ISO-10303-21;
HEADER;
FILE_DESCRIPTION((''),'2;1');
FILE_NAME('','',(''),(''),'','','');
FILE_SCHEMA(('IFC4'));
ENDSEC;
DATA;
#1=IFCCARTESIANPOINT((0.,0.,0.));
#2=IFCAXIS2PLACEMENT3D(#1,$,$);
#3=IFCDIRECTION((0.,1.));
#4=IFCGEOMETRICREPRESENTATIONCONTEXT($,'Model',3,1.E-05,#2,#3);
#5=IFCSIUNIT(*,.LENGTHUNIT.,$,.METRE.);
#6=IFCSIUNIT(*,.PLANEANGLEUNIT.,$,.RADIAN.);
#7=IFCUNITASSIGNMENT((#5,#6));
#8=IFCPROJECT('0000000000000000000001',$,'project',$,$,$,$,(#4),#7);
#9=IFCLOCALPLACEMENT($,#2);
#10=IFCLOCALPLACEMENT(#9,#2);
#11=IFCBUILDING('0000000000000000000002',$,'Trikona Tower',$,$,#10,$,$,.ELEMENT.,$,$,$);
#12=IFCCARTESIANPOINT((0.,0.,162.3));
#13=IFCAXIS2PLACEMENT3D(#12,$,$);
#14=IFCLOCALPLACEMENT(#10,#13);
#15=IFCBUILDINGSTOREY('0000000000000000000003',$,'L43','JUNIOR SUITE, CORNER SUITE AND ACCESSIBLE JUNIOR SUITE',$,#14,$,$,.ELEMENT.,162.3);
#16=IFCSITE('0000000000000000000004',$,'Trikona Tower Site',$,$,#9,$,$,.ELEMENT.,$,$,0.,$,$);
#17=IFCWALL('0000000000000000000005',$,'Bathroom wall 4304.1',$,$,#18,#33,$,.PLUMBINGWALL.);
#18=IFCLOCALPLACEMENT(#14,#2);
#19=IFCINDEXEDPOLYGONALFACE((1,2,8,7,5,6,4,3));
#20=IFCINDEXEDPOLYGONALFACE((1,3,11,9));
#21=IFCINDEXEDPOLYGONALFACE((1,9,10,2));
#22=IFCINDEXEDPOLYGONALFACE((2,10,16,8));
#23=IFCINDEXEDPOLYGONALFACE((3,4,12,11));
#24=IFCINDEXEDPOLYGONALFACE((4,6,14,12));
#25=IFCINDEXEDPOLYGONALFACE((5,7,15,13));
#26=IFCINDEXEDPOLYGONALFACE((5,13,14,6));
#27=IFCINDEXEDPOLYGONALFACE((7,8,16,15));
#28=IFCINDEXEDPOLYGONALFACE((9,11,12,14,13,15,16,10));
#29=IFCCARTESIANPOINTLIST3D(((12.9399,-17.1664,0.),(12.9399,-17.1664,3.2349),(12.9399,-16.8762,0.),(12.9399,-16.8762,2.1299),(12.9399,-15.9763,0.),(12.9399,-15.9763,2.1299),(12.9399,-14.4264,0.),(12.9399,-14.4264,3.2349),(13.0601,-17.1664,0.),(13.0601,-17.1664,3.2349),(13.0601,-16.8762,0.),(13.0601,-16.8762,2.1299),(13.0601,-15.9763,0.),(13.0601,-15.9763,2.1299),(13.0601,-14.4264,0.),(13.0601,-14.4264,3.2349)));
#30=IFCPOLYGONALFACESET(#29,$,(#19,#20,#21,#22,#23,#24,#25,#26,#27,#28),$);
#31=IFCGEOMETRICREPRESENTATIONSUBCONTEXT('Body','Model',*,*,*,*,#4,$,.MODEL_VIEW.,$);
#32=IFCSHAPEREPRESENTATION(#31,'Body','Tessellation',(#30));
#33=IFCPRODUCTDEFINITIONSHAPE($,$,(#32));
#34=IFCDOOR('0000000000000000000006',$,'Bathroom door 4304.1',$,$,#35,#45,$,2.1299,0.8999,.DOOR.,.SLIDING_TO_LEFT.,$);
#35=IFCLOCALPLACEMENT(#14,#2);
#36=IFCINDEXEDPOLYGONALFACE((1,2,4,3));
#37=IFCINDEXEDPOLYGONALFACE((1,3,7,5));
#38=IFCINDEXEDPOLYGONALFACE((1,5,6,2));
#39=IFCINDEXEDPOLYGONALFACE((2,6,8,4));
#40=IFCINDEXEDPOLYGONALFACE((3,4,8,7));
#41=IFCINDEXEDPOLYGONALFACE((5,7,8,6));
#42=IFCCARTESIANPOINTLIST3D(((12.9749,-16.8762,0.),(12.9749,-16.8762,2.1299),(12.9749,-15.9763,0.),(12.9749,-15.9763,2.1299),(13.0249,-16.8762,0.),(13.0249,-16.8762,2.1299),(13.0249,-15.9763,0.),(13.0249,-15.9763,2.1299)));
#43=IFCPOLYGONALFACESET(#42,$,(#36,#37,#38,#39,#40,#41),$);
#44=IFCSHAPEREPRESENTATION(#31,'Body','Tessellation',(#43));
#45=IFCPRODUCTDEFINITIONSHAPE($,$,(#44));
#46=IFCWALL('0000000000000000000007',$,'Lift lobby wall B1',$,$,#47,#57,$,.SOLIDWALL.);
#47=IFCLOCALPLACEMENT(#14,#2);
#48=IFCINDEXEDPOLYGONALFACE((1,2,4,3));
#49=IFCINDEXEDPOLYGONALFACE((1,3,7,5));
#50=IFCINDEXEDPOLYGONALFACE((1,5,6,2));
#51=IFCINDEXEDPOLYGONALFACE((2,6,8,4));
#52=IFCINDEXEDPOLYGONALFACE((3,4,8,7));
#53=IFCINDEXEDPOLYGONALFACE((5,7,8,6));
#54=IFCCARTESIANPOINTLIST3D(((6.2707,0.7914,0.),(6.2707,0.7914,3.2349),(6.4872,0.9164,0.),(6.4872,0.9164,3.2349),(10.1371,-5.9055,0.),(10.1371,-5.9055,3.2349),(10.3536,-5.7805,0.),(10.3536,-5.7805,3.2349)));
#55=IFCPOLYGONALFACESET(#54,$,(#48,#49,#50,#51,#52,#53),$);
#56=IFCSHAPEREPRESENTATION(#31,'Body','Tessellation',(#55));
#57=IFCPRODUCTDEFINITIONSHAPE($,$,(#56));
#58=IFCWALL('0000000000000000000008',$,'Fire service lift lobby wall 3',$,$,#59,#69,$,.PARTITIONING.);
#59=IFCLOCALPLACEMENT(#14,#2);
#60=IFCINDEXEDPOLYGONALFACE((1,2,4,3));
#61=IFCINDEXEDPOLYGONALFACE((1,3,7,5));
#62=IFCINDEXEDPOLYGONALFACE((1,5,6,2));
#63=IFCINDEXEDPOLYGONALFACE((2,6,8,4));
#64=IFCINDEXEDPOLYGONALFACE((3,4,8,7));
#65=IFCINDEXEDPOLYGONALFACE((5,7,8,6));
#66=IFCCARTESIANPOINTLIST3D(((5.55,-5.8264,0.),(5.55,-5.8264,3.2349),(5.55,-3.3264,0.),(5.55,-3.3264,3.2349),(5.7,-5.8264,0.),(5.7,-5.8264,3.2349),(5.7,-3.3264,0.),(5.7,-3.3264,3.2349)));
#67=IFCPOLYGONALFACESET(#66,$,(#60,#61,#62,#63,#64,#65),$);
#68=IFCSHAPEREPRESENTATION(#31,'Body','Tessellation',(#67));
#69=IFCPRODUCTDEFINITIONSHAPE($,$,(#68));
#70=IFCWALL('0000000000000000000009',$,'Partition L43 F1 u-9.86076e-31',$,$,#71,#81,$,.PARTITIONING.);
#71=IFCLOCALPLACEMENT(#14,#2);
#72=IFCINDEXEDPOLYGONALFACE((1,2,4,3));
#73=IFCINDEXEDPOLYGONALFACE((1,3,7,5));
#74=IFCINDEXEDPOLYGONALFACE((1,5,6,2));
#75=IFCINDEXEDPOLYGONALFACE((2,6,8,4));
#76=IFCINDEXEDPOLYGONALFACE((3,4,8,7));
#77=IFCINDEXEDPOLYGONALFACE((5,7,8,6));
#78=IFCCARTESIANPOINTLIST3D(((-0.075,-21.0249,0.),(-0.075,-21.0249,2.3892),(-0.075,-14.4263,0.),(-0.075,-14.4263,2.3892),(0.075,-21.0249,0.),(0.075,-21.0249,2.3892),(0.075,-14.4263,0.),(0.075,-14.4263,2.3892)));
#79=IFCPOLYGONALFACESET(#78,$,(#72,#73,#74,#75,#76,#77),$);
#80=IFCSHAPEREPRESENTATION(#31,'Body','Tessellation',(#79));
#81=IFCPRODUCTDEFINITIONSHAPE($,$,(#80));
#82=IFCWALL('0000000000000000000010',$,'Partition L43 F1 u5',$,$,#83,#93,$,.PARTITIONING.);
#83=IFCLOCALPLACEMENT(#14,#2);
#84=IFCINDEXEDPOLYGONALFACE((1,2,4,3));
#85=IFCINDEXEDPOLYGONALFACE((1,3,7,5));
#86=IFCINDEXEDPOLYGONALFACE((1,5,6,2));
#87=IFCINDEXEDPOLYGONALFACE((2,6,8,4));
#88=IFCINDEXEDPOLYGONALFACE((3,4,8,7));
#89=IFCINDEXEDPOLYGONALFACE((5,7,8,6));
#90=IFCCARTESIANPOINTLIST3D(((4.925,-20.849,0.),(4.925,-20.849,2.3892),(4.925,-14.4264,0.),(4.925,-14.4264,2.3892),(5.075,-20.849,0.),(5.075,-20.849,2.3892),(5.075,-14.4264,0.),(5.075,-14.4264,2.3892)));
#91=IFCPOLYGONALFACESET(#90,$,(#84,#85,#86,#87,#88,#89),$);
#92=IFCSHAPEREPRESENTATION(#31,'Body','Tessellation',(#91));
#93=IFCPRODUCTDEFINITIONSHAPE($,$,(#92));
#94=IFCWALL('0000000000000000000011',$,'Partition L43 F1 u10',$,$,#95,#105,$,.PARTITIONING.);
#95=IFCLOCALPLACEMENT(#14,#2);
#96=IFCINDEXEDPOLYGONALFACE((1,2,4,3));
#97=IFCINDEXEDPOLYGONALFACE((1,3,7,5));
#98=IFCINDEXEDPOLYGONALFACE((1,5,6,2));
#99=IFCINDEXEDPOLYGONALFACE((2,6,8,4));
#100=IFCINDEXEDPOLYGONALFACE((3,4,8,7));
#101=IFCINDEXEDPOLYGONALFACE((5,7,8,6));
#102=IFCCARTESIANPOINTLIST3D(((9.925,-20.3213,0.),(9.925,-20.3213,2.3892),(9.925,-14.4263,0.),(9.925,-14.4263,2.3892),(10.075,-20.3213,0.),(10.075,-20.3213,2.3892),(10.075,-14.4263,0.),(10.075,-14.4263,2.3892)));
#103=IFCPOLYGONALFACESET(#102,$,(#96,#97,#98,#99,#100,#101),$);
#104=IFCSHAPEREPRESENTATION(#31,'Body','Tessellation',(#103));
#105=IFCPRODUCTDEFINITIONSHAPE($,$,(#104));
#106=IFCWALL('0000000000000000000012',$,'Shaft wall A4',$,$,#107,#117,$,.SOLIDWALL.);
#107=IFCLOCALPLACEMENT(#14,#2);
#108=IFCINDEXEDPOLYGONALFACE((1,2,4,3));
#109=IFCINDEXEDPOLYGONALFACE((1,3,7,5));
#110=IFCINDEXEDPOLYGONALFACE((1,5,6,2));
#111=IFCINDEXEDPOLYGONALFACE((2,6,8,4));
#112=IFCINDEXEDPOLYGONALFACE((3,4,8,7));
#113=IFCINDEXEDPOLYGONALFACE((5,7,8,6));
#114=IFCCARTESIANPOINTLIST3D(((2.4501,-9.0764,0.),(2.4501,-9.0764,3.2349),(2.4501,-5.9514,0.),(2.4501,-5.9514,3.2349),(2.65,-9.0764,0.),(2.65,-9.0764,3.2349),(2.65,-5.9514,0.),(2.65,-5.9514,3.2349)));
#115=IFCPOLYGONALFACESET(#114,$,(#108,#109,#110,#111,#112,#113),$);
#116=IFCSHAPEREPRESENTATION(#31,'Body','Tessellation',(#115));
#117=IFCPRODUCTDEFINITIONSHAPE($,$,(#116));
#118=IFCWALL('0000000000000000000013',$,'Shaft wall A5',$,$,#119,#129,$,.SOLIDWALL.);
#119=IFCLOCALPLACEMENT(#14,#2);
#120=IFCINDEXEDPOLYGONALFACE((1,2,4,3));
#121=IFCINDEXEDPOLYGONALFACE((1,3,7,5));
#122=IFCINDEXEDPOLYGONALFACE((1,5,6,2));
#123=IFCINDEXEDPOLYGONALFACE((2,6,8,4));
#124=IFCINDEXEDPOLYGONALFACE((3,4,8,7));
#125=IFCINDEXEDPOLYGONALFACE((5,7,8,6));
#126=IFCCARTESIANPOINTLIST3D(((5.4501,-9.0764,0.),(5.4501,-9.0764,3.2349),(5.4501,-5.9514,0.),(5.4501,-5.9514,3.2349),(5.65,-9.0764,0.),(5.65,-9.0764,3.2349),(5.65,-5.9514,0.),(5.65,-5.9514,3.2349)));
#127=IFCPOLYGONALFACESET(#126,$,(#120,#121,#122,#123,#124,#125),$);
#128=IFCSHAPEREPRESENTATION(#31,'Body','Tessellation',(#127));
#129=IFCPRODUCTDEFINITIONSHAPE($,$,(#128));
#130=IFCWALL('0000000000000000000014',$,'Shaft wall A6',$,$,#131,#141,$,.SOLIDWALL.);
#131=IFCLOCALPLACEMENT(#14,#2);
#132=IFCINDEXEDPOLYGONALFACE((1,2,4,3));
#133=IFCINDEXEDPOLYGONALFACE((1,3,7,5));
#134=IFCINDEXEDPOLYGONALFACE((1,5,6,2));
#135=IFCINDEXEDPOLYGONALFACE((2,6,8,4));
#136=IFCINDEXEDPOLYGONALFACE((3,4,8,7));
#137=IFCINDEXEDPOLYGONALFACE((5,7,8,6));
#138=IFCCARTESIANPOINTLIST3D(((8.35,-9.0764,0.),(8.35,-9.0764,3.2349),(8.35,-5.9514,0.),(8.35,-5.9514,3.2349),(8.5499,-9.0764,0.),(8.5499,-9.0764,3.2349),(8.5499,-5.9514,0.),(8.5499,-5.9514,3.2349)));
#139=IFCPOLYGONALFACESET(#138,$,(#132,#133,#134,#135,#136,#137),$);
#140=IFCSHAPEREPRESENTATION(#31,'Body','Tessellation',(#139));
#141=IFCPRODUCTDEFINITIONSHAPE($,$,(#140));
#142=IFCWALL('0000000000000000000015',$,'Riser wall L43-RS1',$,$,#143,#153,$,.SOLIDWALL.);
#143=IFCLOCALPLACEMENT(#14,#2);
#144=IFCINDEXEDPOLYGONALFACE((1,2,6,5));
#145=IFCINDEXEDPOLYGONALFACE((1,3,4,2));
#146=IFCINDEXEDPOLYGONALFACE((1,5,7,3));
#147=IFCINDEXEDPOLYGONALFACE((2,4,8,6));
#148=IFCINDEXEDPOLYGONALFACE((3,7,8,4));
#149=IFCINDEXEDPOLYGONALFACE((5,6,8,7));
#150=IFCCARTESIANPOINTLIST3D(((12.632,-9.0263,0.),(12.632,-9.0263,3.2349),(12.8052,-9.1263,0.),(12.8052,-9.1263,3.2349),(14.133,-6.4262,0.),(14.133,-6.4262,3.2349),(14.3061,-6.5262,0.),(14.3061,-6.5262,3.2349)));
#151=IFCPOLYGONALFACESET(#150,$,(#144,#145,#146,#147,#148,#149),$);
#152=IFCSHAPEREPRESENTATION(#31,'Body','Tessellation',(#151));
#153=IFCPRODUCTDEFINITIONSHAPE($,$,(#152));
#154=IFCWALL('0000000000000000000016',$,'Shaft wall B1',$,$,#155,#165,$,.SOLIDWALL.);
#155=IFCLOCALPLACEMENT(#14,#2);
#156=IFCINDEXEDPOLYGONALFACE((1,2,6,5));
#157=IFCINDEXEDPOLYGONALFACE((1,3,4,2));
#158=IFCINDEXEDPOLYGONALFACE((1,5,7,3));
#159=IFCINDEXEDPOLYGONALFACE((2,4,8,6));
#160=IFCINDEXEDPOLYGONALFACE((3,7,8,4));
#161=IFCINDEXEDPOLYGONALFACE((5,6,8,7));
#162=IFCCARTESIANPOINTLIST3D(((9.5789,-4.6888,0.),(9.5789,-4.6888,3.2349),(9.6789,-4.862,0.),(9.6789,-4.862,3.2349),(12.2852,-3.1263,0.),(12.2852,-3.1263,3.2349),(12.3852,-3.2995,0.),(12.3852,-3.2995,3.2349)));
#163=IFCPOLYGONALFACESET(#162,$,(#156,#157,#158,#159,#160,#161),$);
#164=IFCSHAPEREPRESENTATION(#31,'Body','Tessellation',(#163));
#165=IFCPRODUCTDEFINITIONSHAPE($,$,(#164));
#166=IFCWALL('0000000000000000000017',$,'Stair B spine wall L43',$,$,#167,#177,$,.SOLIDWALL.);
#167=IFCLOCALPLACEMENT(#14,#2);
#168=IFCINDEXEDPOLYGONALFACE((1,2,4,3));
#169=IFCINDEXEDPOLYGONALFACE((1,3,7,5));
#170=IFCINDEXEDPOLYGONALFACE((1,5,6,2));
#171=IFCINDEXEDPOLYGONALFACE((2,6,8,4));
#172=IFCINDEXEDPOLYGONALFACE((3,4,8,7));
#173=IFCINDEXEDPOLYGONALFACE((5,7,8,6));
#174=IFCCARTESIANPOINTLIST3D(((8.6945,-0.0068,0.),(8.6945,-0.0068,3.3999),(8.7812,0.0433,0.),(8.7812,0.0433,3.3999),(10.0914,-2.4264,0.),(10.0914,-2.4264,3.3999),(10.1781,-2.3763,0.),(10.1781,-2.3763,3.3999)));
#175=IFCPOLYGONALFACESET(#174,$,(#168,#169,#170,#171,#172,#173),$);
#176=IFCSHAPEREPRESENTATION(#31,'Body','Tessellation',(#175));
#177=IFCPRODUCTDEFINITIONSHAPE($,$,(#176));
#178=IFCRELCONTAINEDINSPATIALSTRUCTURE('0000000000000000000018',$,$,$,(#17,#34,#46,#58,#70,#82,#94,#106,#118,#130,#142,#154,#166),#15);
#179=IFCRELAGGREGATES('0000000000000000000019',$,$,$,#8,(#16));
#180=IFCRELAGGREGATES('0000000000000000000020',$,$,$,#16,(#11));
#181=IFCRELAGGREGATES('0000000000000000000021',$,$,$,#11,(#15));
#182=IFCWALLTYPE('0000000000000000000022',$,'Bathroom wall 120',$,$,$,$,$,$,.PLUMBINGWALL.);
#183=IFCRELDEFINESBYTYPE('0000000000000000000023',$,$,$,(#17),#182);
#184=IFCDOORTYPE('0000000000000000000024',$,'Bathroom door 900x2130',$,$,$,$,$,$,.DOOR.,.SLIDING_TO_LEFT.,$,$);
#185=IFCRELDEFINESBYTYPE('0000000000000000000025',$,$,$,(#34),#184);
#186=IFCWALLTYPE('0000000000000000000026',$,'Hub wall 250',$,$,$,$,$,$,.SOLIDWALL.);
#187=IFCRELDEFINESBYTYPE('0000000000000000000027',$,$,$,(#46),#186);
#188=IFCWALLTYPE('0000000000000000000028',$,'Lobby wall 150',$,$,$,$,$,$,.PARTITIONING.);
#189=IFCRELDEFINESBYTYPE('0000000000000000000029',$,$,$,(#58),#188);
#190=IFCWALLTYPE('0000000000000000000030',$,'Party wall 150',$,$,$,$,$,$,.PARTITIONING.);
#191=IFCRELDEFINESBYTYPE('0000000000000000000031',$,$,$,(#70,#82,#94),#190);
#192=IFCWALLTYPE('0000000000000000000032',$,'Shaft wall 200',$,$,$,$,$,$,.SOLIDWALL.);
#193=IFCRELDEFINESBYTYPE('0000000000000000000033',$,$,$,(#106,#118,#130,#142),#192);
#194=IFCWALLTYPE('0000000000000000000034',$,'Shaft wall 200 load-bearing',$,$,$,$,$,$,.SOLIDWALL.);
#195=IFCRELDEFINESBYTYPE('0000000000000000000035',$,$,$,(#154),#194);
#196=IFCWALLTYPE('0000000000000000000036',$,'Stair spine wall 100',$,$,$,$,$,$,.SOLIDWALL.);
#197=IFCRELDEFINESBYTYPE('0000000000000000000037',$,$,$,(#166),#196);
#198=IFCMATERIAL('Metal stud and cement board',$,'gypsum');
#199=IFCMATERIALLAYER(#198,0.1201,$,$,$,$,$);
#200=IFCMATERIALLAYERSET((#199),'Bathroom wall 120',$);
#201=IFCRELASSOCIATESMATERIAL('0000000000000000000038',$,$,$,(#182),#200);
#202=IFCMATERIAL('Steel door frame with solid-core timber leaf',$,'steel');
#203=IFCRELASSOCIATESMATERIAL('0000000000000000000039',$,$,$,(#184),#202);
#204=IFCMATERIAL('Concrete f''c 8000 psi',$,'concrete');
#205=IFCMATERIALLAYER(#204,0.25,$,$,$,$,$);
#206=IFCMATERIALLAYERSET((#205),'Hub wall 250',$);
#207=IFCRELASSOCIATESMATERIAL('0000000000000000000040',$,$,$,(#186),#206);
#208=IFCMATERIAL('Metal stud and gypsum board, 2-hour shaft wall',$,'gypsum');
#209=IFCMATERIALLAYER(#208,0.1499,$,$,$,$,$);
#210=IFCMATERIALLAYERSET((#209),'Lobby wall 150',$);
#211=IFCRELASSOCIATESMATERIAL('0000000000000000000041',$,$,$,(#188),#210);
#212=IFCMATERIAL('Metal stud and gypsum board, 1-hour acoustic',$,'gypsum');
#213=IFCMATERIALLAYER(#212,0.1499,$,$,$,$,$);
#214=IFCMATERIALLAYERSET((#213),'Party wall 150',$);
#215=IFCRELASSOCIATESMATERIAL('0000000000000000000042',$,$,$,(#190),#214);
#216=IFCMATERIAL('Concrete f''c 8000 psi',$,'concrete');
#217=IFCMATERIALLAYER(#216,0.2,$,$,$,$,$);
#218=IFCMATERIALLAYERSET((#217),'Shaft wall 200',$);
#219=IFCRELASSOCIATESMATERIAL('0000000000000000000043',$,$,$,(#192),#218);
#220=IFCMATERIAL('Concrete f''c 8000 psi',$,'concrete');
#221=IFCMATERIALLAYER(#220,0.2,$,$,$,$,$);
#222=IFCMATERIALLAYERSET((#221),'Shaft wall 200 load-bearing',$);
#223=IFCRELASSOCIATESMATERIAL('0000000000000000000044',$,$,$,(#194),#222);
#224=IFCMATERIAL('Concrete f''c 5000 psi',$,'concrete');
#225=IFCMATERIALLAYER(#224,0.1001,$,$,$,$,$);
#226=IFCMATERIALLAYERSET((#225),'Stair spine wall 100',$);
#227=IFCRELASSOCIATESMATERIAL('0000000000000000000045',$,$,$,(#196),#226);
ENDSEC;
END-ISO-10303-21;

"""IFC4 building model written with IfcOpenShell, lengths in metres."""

from ifc_helpers import new_model, si_unit, direction, frame, frame_2d, origin, place, context, subcontext, project, spatial, rectangle, extrude, material, layer, layer_set, type_object, element, fill, save


model = new_model("IFC4")

# Units and contexts
model_context = context("Model", 3, precision=1e-05, world=origin(), true_north=direction((0.0, 1.0)))
body_context = subcontext(model_context, "Body", "Model", "MODEL_VIEW")
ifc_project = project(units=[si_unit("LENGTHUNIT", "METRE"), si_unit("PLANEANGLEUNIT", "RADIAN")], contexts=[model_context])

# Site, building, storey
site_placement = place(None, origin())
site = spatial("IfcSite", under=ifc_project, at=site_placement, Name="Trikona Tower Site", CompositionType="ELEMENT", RefElevation=0.0)
building_placement = place(site_placement, origin())
building = spatial("IfcBuilding", under=site, at=building_placement, Name="Trikona Tower", CompositionType="ELEMENT")
storey_placement = place(building_placement, frame((0.0, 0.0, 162.3)))
storey = spatial("IfcBuildingStorey", under=building, at=storey_placement, Name="L43", Description="JUNIOR SUITE, CORNER SUITE AND ACCESSIBLE JUNIOR SUITE", CompositionType="ELEMENT", Elevation=162.3)

# Shared definitions
ifc_material_1 = material(Name="Metal stud and cement board", Category="gypsum")
ifc_layer_1 = layer(ifc_material_1, 0.1201)
ifc_layer_set_1 = layer_set([ifc_layer_1], Name="Bathroom wall 120")
wall_type_1 = type_object("IfcWallType", Name="Bathroom wall 120", PredefinedType="PLUMBINGWALL", material=ifc_layer_set_1)

# Shared definitions
ifc_material_2 = material(Name="Steel door frame with solid-core timber leaf", Category="steel")
door_type_1 = type_object("IfcDoorType", Name="Bathroom door 900x2130", OperationType="SLIDING_TO_LEFT", PredefinedType="DOOR", material=ifc_material_2)

# Wall, opening, door
wall_1_placement = place(storey_placement, frame((13.0, -14.4263, 0.0), z_axis=(0.0, 0.0, 1.0), x_axis=(0.0, -1.0, 0.0)))
wall_1 = element("IfcWall", 1, at=wall_1_placement, inside=storey, type_object=wall_type_1, Name="Bathroom wall 4304.1", PredefinedType="PLUMBINGWALL", context=body_context, shape_type="SweptSolid", body=[
    extrude(rectangle(XDim=2.74, YDim=0.1201, at=frame_2d((1.3701, 0.0))), origin(), (0.0, 0.0, 1.0), 3.2349),
])
opening_1_placement = place(wall_1_placement, frame((1.55, 0.0, 0.0)))
opening_1 = element("IfcOpeningElement", 2, at=opening_1_placement, cuts=wall_1, PredefinedType="OPENING", context=body_context, shape_type="SweptSolid", body=[
    extrude(rectangle(XDim=0.8999, YDim=2.1299, at=frame_2d((0.45, 1.0649))), frame((0.0, 0.0701, 0.0), z_axis=(0.0, -1.0, 0.0), x_axis=(1.0, 0.0, 0.0)), (0.0, 0.0, 1.0), 0.1401),
])
door_1_placement = place(opening_1_placement, origin())
door_1 = element("IfcDoor", 3, at=door_1_placement, inside=storey, type_object=door_type_1, Name="Bathroom door 4304.1", OperationType="SLIDING_TO_LEFT", OverallHeight=2.1299, OverallWidth=0.8999, PredefinedType="DOOR", context=body_context, shape_type="SweptSolid", body=[
    extrude(rectangle(XDim=0.8999, YDim=2.1299, at=frame_2d((0.45, 1.0649))), frame((0.0, 0.0249, 0.0), z_axis=(0.0, -1.0, 0.0), x_axis=(1.0, 0.0, 0.0)), (0.0, 0.0, 1.0), 0.05),
])
fill(opening_1, door_1)

# Walls
ifc_material_3 = material(Name="Concrete f'c 8000 psi", Category="concrete")
ifc_layer_2 = layer(ifc_material_3, 0.25)
ifc_layer_set_2 = layer_set([ifc_layer_2], Name="Hub wall 250")
wall_type_2 = type_object("IfcWallType", Name="Hub wall 250", PredefinedType="SOLIDWALL", material=ifc_layer_set_2)
wall_2_placement = place(storey_placement, frame((10.2454, -5.843, 0.0), z_axis=(0.0, 0.0, 1.0), x_axis=(-0.499993, 0.866029, 0.0)))
element("IfcWall", 4, at=wall_2_placement, inside=storey, type_object=wall_type_2, Name="Lift lobby wall B1", PredefinedType="SOLIDWALL", context=body_context, shape_type="SweptSolid", body=[
    extrude(rectangle(XDim=7.7329, YDim=0.25, at=frame_2d((3.8665, 0.0))), origin(), (0.0, 0.0, 1.0), 3.2349),
])
ifc_material_4 = material(Name="Metal stud and gypsum board, 2-hour shaft wall", Category="gypsum")
ifc_layer_3 = layer(ifc_material_4, 0.1499)
ifc_layer_set_3 = layer_set([ifc_layer_3], Name="Lobby wall 150")
wall_type_3 = type_object("IfcWallType", Name="Lobby wall 150", PredefinedType="PARTITIONING", material=ifc_layer_set_3)
wall_3_placement = place(storey_placement, frame((5.625, -5.8264, 0.0), z_axis=(0.0, 0.0, 1.0), x_axis=(0.0, 1.0, 0.0)))
element("IfcWall", 5, at=wall_3_placement, inside=storey, type_object=wall_type_3, Name="Fire service lift lobby wall 3", PredefinedType="PARTITIONING", context=body_context, shape_type="SweptSolid", body=[
    extrude(rectangle(XDim=2.5, YDim=0.1499, at=frame_2d((1.25, 0.0))), origin(), (0.0, 0.0, 1.0), 3.2349),
])
ifc_material_5 = material(Name="Metal stud and gypsum board, 1-hour acoustic", Category="gypsum")
ifc_layer_4 = layer(ifc_material_5, 0.1499)
ifc_layer_set_4 = layer_set([ifc_layer_4], Name="Party wall 150")
wall_type_4 = type_object("IfcWallType", Name="Party wall 150", PredefinedType="PARTITIONING", material=ifc_layer_set_4)
wall_4_placement = place(storey_placement, frame((0.0, -14.4263, 0.0), z_axis=(0.0, 0.0, 1.0), x_axis=(0.0, -1.0, 0.0)))
element("IfcWall", 6, at=wall_4_placement, inside=storey, type_object=wall_type_4, Name="Partition L43 F1 u-9.86076e-31", PredefinedType="PARTITIONING", context=body_context, shape_type="SweptSolid", body=[
    extrude(rectangle(XDim=6.5986, YDim=0.1499, at=frame_2d((3.2993, 0.0))), origin(), (0.0, 0.0, 1.0), 2.3892),
])
wall_5_placement = place(storey_placement, frame((5.0, -14.4263, 0.0), z_axis=(0.0, 0.0, 1.0), x_axis=(0.0, -1.0, 0.0)))
element("IfcWall", 7, at=wall_5_placement, inside=storey, type_object=wall_type_4, Name="Partition L43 F1 u5", PredefinedType="PARTITIONING", context=body_context, shape_type="SweptSolid", body=[
    extrude(rectangle(XDim=6.4226, YDim=0.1499, at=frame_2d((3.2114, 0.0))), origin(), (0.0, 0.0, 1.0), 2.3892),
])
wall_6_placement = place(storey_placement, frame((10.0, -14.4263, 0.0), z_axis=(0.0, 0.0, 1.0), x_axis=(0.0, -1.0, 0.0)))
element("IfcWall", 8, at=wall_6_placement, inside=storey, type_object=wall_type_4, Name="Partition L43 F1 u10", PredefinedType="PARTITIONING", context=body_context, shape_type="SweptSolid", body=[
    extrude(rectangle(XDim=5.895, YDim=0.1499, at=frame_2d((2.9475, 0.0))), origin(), (0.0, 0.0, 1.0), 2.3892),
])
ifc_material_6 = material(Name="Concrete f'c 8000 psi", Category="concrete")
ifc_layer_5 = layer(ifc_material_6, 0.2)
ifc_layer_set_5 = layer_set([ifc_layer_5], Name="Shaft wall 200")
wall_type_5 = type_object("IfcWallType", Name="Shaft wall 200", PredefinedType="SOLIDWALL", material=ifc_layer_set_5)
for number, where, z_axis, x_axis, name in (
    (9, (2.55, -5.9514, 0.0), (0.0, 0.0, 1.0), (0.0, -1.0, 0.0), "Shaft wall A4"),
    (10, (5.55, -5.9514, 0.0), (0.0, 0.0, 1.0), (0.0, -1.0, 0.0), "Shaft wall A5"),
    (11, (8.45, -5.9514, 0.0), (0.0, 0.0, 1.0), (0.0, -1.0, 0.0), "Shaft wall A6"),
):
    element("IfcWall", number, at=place(storey_placement, frame(where, z_axis=z_axis, x_axis=x_axis)), inside=storey, type_object=wall_type_5, Name=name, PredefinedType="SOLIDWALL", context=body_context, shape_type="SweptSolid", body=[
        extrude(rectangle(XDim=3.125, YDim=0.2, at=frame_2d((1.5625, 0.0))), origin(), (0.0, 0.0, 1.0), 3.2349),
    ])
wall_7_placement = place(storey_placement, frame((14.2195, -6.4763, 0.0), z_axis=(0.0, 0.0, 1.0), x_axis=(-0.499952, -0.866053, 0.0)))
element("IfcWall", 12, at=wall_7_placement, inside=storey, type_object=wall_type_5, Name="Riser wall L43-RS1", PredefinedType="SOLIDWALL", context=body_context, shape_type="SweptSolid", body=[
    extrude(rectangle(XDim=3.0022, YDim=0.2, at=frame_2d((1.501, 0.0))), origin(), (0.0, 0.0, 1.0), 3.2349),
])
ifc_material_7 = material(Name="Concrete f'c 8000 psi", Category="concrete")
ifc_layer_6 = layer(ifc_material_7, 0.2)
ifc_layer_set_6 = layer_set([ifc_layer_6], Name="Shaft wall 200 load-bearing")
wall_type_6 = type_object("IfcWallType", Name="Shaft wall 200 load-bearing", PredefinedType="SOLIDWALL", material=ifc_layer_set_6)
wall_8_placement = place(storey_placement, frame((9.6289, -4.7754, 0.0), z_axis=(0.0, 0.0, 1.0), x_axis=(0.866023, 0.500004, 0.0)))
element("IfcWall", 13, at=wall_8_placement, inside=storey, type_object=wall_type_6, Name="Shaft wall B1", PredefinedType="SOLIDWALL", context=body_context, shape_type="SweptSolid", body=[
    extrude(rectangle(XDim=3.125, YDim=0.2, at=frame_2d((1.5625, 0.0))), origin(), (0.0, 0.0, 1.0), 3.2349),
])
ifc_material_8 = material(Name="Concrete f'c 5000 psi", Category="concrete")
ifc_layer_7 = layer(ifc_material_8, 0.1001)
ifc_layer_set_7 = layer_set([ifc_layer_7], Name="Stair spine wall 100")
wall_type_7 = type_object("IfcWallType", Name="Stair spine wall 100", PredefinedType="SOLIDWALL", material=ifc_layer_set_7)
wall_9_placement = place(storey_placement, frame((10.1348, -2.4014, 0.0), z_axis=(0.0, 0.0, 1.0), x_axis=(-0.499992, 0.86603, 0.0)))
element("IfcWall", 14, at=wall_9_placement, inside=storey, type_object=wall_type_7, Name="Stair B spine wall L43", PredefinedType="SOLIDWALL", context=body_context, shape_type="SweptSolid", body=[
    extrude(rectangle(XDim=2.7939, YDim=0.1001, at=frame_2d((1.397, 0.0))), origin(), (0.0, 0.0, 1.0), 3.3999),
])

save(model, "model.ifc")
